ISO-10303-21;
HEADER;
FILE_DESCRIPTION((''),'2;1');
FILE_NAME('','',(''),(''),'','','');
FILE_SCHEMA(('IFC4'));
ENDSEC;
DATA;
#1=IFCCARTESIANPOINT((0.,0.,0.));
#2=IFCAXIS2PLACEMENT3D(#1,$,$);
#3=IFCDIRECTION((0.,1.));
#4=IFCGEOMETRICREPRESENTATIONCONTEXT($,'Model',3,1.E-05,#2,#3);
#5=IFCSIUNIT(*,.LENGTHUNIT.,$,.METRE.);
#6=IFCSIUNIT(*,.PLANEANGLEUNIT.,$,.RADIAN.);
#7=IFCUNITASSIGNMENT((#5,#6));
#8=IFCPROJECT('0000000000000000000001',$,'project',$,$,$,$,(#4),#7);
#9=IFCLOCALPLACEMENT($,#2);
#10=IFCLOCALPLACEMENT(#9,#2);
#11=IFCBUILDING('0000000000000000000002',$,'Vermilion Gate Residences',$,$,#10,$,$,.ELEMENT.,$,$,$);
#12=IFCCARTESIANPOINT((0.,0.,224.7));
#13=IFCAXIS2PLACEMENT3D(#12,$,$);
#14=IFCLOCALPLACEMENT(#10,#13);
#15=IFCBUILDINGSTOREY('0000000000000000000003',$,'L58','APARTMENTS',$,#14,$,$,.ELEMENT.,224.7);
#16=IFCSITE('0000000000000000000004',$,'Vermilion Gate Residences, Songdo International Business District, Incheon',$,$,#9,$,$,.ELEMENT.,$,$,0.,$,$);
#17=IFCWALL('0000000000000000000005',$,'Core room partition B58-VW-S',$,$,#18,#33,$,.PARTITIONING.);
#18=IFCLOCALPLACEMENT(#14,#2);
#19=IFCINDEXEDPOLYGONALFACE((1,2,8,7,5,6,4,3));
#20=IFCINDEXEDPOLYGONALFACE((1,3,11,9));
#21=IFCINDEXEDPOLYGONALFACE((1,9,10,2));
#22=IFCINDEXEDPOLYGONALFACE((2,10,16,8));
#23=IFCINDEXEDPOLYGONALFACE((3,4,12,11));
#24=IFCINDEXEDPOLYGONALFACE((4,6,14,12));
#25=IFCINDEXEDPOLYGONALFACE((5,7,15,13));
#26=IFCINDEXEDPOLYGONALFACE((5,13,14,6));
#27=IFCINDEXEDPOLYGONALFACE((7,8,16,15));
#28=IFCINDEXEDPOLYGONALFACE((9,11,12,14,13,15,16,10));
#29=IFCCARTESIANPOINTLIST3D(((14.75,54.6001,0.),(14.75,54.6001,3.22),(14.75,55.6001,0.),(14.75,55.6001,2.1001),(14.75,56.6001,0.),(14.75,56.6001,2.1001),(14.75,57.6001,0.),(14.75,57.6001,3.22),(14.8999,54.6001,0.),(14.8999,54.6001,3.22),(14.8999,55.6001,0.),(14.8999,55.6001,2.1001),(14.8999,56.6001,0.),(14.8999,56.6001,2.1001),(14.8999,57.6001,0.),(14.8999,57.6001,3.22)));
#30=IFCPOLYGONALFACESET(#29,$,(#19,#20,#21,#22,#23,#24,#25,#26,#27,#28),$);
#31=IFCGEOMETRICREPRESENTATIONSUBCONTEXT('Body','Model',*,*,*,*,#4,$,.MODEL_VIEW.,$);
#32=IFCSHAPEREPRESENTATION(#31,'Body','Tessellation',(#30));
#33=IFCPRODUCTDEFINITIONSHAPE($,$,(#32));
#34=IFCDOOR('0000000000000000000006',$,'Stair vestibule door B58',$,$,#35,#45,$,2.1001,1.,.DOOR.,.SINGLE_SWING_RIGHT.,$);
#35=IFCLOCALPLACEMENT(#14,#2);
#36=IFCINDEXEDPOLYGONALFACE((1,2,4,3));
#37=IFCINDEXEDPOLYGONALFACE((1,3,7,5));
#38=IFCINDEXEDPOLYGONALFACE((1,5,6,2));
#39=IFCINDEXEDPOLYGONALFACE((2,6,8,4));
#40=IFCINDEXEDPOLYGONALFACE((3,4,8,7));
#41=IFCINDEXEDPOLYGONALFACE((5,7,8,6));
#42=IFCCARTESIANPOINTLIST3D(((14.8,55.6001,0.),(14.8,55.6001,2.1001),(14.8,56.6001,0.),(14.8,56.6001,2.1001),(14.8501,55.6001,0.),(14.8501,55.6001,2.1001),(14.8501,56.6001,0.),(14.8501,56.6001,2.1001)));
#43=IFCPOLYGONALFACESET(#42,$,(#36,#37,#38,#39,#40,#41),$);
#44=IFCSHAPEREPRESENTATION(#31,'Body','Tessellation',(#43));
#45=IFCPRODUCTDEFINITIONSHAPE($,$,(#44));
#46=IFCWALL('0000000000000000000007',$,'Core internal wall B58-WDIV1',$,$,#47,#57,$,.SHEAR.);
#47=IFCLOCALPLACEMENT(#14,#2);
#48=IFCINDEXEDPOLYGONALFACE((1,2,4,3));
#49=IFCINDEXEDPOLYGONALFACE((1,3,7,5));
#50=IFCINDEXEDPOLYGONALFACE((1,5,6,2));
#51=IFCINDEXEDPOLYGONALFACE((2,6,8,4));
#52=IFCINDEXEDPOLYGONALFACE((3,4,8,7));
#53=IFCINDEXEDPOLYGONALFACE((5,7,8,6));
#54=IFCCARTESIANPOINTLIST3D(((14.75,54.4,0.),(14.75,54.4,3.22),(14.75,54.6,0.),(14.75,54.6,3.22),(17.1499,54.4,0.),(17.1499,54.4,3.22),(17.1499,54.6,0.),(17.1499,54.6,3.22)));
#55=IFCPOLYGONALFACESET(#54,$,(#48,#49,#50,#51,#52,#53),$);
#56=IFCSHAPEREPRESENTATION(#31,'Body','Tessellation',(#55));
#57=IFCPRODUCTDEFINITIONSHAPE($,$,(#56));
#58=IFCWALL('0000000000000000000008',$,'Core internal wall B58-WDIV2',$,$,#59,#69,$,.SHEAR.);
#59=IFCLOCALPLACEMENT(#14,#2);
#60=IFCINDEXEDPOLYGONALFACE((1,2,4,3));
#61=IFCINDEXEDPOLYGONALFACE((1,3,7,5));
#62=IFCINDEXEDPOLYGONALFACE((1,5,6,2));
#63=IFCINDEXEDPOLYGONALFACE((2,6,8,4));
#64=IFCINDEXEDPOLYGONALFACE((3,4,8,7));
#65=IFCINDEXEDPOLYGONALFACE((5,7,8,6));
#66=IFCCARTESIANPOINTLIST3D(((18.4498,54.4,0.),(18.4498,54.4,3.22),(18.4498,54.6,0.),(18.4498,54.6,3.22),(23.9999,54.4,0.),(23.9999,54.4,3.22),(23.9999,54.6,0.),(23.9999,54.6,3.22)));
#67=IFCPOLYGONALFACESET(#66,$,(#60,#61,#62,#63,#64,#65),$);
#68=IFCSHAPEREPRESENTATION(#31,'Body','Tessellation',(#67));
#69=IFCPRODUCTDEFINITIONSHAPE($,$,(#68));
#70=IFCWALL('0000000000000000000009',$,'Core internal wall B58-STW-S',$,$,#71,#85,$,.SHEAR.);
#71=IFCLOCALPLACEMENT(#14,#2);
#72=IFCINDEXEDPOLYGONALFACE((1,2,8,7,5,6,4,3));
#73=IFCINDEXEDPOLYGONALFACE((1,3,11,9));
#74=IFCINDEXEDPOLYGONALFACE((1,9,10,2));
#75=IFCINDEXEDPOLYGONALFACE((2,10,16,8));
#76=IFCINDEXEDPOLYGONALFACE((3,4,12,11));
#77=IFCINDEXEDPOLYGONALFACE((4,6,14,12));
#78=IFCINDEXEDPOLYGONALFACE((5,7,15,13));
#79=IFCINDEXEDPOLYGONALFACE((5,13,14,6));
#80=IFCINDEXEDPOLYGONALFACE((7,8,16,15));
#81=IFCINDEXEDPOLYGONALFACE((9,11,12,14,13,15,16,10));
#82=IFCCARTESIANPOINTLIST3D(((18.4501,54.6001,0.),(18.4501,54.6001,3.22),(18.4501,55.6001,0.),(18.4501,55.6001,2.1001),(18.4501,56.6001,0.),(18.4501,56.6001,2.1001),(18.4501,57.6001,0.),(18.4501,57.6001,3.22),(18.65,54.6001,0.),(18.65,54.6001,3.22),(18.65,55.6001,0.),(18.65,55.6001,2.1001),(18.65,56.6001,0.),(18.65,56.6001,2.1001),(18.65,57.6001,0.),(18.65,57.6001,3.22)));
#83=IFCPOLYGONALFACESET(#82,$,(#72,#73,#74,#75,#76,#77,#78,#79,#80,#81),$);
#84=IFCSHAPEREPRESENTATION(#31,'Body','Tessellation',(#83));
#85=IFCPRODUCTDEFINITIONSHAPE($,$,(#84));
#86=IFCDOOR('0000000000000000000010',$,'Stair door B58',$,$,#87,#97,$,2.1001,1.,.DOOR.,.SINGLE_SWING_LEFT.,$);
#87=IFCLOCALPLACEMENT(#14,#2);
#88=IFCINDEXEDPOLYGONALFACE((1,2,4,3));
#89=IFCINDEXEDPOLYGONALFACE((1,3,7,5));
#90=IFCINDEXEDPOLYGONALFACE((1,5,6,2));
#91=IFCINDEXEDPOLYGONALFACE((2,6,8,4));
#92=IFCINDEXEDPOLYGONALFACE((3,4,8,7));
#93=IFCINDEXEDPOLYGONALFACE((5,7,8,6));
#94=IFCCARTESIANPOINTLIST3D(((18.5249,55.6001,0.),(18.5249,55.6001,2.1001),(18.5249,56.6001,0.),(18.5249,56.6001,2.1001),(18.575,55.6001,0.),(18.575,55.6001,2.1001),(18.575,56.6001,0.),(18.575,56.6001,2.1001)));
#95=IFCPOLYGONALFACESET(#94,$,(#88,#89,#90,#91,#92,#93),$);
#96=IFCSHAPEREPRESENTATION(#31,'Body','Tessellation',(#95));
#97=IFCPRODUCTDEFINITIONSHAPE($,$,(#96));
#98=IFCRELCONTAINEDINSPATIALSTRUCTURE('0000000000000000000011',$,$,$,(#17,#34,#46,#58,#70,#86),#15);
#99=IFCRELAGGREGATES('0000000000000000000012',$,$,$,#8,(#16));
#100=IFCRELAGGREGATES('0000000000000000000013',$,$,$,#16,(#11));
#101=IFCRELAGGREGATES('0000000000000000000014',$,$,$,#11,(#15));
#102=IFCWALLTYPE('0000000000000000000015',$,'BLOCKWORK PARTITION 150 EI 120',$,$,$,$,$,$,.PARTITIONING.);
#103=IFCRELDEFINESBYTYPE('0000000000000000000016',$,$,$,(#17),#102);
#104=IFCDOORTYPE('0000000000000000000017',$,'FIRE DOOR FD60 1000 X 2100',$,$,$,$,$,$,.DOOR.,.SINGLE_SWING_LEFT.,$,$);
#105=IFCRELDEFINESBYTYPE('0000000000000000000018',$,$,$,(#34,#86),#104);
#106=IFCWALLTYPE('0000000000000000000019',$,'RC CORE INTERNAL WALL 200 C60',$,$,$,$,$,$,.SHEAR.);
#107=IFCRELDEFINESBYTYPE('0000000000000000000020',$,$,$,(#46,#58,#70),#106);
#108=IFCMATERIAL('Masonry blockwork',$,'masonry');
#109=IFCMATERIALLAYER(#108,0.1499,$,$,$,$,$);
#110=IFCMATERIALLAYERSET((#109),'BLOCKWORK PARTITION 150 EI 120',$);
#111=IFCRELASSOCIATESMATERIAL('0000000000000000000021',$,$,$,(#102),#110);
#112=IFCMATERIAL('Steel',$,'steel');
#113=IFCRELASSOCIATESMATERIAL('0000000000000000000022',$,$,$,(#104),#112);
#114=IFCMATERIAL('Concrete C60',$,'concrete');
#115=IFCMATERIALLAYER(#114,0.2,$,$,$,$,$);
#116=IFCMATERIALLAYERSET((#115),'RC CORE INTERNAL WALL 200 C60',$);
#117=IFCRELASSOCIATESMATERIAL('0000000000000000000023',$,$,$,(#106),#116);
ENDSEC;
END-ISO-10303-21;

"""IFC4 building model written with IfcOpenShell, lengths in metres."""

from ifc_helpers import new_model, si_unit, direction, frame, frame_2d, origin, place, context, subcontext, project, spatial, rectangle, extrude, material, layer, layer_set, type_object, element, fill, save


model = new_model("IFC4")

# Units and contexts
model_context = context("Model", 3, precision=1e-05, world=origin(), true_north=direction((0.0, 1.0)))
body_context = subcontext(model_context, "Body", "Model", "MODEL_VIEW")
ifc_project = project(units=[si_unit("LENGTHUNIT", "METRE"), si_unit("PLANEANGLEUNIT", "RADIAN")], contexts=[model_context])

# Site, building, storey
site_placement = place(None, origin())
site = spatial("IfcSite", under=ifc_project, at=site_placement, Name="Vermilion Gate Residences, Songdo International Business District, Incheon", CompositionType="ELEMENT", RefElevation=0.0)
building_placement = place(site_placement, origin())
building = spatial("IfcBuilding", under=site, at=building_placement, Name="Vermilion Gate Residences", CompositionType="ELEMENT")
storey_placement = place(building_placement, frame((0.0, 0.0, 224.7)))
storey = spatial("IfcBuildingStorey", under=building, at=storey_placement, Name="L58", Description="APARTMENTS", CompositionType="ELEMENT", Elevation=224.7)

# Wall, opening, door
ifc_material_1 = material(Name="Masonry blockwork", Category="masonry")
ifc_layer_1 = layer(ifc_material_1, 0.1499)
ifc_layer_set_1 = layer_set([ifc_layer_1], Name="BLOCKWORK PARTITION 150 EI 120")
wall_type_1 = type_object("IfcWallType", Name="BLOCKWORK PARTITION 150 EI 120", PredefinedType="PARTITIONING", material=ifc_layer_set_1)
wall_1_placement = place(storey_placement, frame((14.825, 57.6001, 0.0), z_axis=(0.0, 0.0, 1.0), x_axis=(0.0, -1.0, 0.0)))
wall_1 = element("IfcWall", 1, at=wall_1_placement, inside=storey, type_object=wall_type_1, Name="Core room partition B58-VW-S", PredefinedType="PARTITIONING", context=body_context, shape_type="SweptSolid", body=[
    extrude(rectangle(XDim=3.0, YDim=0.1499, at=frame_2d((1.5, 0.0))), origin(), (0.0, 0.0, 1.0), 3.22),
])
opening_1_placement = place(wall_1_placement, frame((1.0, 0.0, 0.0)))
opening_1 = element("IfcOpeningElement", 2, at=opening_1_placement, cuts=wall_1, PredefinedType="OPENING", context=body_context, shape_type="SweptSolid", body=[
    extrude(rectangle(XDim=1.0, YDim=2.1001, at=frame_2d((0.5, 1.05))), frame((0.0, 0.085, 0.0), z_axis=(0.0, -1.0, 0.0), x_axis=(1.0, 0.0, 0.0)), (0.0, 0.0, 1.0), 0.1699),
])
ifc_material_2 = material(Name="Steel", Category="steel")
door_type = type_object("IfcDoorType", Name="FIRE DOOR FD60 1000 X 2100", OperationType="SINGLE_SWING_LEFT", PredefinedType="DOOR", material=ifc_material_2)
door_1_placement = place(opening_1_placement, frame((1.0, 0.0, 0.0), z_axis=(0.0, 0.0, 1.0), x_axis=(-1.0, 0.0, 0.0)))
door_1 = element("IfcDoor", 3, at=door_1_placement, inside=storey, type_object=door_type, Name="Stair vestibule door B58", OperationType="SINGLE_SWING_RIGHT", OverallHeight=2.1001, OverallWidth=1.0, PredefinedType="DOOR", context=body_context, shape_type="SweptSolid", body=[
    extrude(rectangle(XDim=1.0, YDim=2.1001, at=frame_2d((0.5, 1.05))), frame((0.0, 0.0249, 0.0), z_axis=(0.0, -1.0, 0.0), x_axis=(1.0, 0.0, 0.0)), (0.0, 0.0, 1.0), 0.05),
])
fill(opening_1, door_1)

# Walls
ifc_material_3 = material(Name="Concrete C60", Category="concrete")
ifc_layer_2 = layer(ifc_material_3, 0.2)
ifc_layer_set_2 = layer_set([ifc_layer_2], Name="RC CORE INTERNAL WALL 200 C60")
wall_type_2 = type_object("IfcWallType", Name="RC CORE INTERNAL WALL 200 C60", PredefinedType="SHEAR", material=ifc_layer_set_2)
wall_2_placement = place(storey_placement, frame((14.75, 54.5, 0.0), z_axis=(0.0, 0.0, 1.0), x_axis=(1.0, 0.0, 0.0)))
element("IfcWall", 4, at=wall_2_placement, inside=storey, type_object=wall_type_2, Name="Core internal wall B58-WDIV1", PredefinedType="SHEAR", context=body_context, shape_type="SweptSolid", body=[
    extrude(rectangle(XDim=2.3999, YDim=0.2, at=frame_2d((1.2, 0.0))), origin(), (0.0, 0.0, 1.0), 3.22),
])
wall_3_placement = place(storey_placement, frame((18.45, 54.5, 0.0), z_axis=(0.0, 0.0, 1.0), x_axis=(1.0, 0.0, 0.0)))
element("IfcWall", 5, at=wall_3_placement, inside=storey, type_object=wall_type_2, Name="Core internal wall B58-WDIV2", PredefinedType="SHEAR", context=body_context, shape_type="SweptSolid", body=[
    extrude(rectangle(XDim=5.55, YDim=0.2, at=frame_2d((2.7749, 0.0))), origin(), (0.0, 0.0, 1.0), 3.22),
])

# Wall, opening, door
wall_4_placement = place(storey_placement, frame((18.55, 57.6001, 0.0), z_axis=(0.0, 0.0, 1.0), x_axis=(0.0, -1.0, 0.0)))
wall_4 = element("IfcWall", 6, at=wall_4_placement, inside=storey, type_object=wall_type_2, Name="Core internal wall B58-STW-S", PredefinedType="SHEAR", context=body_context, shape_type="SweptSolid", body=[
    extrude(rectangle(XDim=3.0, YDim=0.2, at=frame_2d((1.5, 0.0))), origin(), (0.0, 0.0, 1.0), 3.22),
])
opening_2_placement = place(wall_4_placement, frame((1.0, 0.0, 0.0)))
opening_2 = element("IfcOpeningElement", 7, at=opening_2_placement, cuts=wall_4, PredefinedType="OPENING", context=body_context, shape_type="SweptSolid", body=[
    extrude(rectangle(XDim=1.0, YDim=2.1001, at=frame_2d((0.5, 1.05))), frame((0.0, 0.1099, 0.0), z_axis=(0.0, -1.0, 0.0), x_axis=(1.0, 0.0, 0.0)), (0.0, 0.0, 1.0), 0.22),
])
door_2_placement = place(opening_2_placement, origin())
door_2 = element("IfcDoor", 8, at=door_2_placement, inside=storey, type_object=door_type, Name="Stair door B58", OperationType="SINGLE_SWING_LEFT", OverallHeight=2.1001, OverallWidth=1.0, PredefinedType="DOOR", context=body_context, shape_type="SweptSolid", body=[
    extrude(rectangle(XDim=1.0, YDim=2.1001, at=frame_2d((0.5, 1.05))), frame((0.0, 0.0249, 0.0), z_axis=(0.0, -1.0, 0.0), x_axis=(1.0, 0.0, 0.0)), (0.0, 0.0, 1.0), 0.05),
])
fill(opening_2, door_2)

save(model, "model.ifc")
